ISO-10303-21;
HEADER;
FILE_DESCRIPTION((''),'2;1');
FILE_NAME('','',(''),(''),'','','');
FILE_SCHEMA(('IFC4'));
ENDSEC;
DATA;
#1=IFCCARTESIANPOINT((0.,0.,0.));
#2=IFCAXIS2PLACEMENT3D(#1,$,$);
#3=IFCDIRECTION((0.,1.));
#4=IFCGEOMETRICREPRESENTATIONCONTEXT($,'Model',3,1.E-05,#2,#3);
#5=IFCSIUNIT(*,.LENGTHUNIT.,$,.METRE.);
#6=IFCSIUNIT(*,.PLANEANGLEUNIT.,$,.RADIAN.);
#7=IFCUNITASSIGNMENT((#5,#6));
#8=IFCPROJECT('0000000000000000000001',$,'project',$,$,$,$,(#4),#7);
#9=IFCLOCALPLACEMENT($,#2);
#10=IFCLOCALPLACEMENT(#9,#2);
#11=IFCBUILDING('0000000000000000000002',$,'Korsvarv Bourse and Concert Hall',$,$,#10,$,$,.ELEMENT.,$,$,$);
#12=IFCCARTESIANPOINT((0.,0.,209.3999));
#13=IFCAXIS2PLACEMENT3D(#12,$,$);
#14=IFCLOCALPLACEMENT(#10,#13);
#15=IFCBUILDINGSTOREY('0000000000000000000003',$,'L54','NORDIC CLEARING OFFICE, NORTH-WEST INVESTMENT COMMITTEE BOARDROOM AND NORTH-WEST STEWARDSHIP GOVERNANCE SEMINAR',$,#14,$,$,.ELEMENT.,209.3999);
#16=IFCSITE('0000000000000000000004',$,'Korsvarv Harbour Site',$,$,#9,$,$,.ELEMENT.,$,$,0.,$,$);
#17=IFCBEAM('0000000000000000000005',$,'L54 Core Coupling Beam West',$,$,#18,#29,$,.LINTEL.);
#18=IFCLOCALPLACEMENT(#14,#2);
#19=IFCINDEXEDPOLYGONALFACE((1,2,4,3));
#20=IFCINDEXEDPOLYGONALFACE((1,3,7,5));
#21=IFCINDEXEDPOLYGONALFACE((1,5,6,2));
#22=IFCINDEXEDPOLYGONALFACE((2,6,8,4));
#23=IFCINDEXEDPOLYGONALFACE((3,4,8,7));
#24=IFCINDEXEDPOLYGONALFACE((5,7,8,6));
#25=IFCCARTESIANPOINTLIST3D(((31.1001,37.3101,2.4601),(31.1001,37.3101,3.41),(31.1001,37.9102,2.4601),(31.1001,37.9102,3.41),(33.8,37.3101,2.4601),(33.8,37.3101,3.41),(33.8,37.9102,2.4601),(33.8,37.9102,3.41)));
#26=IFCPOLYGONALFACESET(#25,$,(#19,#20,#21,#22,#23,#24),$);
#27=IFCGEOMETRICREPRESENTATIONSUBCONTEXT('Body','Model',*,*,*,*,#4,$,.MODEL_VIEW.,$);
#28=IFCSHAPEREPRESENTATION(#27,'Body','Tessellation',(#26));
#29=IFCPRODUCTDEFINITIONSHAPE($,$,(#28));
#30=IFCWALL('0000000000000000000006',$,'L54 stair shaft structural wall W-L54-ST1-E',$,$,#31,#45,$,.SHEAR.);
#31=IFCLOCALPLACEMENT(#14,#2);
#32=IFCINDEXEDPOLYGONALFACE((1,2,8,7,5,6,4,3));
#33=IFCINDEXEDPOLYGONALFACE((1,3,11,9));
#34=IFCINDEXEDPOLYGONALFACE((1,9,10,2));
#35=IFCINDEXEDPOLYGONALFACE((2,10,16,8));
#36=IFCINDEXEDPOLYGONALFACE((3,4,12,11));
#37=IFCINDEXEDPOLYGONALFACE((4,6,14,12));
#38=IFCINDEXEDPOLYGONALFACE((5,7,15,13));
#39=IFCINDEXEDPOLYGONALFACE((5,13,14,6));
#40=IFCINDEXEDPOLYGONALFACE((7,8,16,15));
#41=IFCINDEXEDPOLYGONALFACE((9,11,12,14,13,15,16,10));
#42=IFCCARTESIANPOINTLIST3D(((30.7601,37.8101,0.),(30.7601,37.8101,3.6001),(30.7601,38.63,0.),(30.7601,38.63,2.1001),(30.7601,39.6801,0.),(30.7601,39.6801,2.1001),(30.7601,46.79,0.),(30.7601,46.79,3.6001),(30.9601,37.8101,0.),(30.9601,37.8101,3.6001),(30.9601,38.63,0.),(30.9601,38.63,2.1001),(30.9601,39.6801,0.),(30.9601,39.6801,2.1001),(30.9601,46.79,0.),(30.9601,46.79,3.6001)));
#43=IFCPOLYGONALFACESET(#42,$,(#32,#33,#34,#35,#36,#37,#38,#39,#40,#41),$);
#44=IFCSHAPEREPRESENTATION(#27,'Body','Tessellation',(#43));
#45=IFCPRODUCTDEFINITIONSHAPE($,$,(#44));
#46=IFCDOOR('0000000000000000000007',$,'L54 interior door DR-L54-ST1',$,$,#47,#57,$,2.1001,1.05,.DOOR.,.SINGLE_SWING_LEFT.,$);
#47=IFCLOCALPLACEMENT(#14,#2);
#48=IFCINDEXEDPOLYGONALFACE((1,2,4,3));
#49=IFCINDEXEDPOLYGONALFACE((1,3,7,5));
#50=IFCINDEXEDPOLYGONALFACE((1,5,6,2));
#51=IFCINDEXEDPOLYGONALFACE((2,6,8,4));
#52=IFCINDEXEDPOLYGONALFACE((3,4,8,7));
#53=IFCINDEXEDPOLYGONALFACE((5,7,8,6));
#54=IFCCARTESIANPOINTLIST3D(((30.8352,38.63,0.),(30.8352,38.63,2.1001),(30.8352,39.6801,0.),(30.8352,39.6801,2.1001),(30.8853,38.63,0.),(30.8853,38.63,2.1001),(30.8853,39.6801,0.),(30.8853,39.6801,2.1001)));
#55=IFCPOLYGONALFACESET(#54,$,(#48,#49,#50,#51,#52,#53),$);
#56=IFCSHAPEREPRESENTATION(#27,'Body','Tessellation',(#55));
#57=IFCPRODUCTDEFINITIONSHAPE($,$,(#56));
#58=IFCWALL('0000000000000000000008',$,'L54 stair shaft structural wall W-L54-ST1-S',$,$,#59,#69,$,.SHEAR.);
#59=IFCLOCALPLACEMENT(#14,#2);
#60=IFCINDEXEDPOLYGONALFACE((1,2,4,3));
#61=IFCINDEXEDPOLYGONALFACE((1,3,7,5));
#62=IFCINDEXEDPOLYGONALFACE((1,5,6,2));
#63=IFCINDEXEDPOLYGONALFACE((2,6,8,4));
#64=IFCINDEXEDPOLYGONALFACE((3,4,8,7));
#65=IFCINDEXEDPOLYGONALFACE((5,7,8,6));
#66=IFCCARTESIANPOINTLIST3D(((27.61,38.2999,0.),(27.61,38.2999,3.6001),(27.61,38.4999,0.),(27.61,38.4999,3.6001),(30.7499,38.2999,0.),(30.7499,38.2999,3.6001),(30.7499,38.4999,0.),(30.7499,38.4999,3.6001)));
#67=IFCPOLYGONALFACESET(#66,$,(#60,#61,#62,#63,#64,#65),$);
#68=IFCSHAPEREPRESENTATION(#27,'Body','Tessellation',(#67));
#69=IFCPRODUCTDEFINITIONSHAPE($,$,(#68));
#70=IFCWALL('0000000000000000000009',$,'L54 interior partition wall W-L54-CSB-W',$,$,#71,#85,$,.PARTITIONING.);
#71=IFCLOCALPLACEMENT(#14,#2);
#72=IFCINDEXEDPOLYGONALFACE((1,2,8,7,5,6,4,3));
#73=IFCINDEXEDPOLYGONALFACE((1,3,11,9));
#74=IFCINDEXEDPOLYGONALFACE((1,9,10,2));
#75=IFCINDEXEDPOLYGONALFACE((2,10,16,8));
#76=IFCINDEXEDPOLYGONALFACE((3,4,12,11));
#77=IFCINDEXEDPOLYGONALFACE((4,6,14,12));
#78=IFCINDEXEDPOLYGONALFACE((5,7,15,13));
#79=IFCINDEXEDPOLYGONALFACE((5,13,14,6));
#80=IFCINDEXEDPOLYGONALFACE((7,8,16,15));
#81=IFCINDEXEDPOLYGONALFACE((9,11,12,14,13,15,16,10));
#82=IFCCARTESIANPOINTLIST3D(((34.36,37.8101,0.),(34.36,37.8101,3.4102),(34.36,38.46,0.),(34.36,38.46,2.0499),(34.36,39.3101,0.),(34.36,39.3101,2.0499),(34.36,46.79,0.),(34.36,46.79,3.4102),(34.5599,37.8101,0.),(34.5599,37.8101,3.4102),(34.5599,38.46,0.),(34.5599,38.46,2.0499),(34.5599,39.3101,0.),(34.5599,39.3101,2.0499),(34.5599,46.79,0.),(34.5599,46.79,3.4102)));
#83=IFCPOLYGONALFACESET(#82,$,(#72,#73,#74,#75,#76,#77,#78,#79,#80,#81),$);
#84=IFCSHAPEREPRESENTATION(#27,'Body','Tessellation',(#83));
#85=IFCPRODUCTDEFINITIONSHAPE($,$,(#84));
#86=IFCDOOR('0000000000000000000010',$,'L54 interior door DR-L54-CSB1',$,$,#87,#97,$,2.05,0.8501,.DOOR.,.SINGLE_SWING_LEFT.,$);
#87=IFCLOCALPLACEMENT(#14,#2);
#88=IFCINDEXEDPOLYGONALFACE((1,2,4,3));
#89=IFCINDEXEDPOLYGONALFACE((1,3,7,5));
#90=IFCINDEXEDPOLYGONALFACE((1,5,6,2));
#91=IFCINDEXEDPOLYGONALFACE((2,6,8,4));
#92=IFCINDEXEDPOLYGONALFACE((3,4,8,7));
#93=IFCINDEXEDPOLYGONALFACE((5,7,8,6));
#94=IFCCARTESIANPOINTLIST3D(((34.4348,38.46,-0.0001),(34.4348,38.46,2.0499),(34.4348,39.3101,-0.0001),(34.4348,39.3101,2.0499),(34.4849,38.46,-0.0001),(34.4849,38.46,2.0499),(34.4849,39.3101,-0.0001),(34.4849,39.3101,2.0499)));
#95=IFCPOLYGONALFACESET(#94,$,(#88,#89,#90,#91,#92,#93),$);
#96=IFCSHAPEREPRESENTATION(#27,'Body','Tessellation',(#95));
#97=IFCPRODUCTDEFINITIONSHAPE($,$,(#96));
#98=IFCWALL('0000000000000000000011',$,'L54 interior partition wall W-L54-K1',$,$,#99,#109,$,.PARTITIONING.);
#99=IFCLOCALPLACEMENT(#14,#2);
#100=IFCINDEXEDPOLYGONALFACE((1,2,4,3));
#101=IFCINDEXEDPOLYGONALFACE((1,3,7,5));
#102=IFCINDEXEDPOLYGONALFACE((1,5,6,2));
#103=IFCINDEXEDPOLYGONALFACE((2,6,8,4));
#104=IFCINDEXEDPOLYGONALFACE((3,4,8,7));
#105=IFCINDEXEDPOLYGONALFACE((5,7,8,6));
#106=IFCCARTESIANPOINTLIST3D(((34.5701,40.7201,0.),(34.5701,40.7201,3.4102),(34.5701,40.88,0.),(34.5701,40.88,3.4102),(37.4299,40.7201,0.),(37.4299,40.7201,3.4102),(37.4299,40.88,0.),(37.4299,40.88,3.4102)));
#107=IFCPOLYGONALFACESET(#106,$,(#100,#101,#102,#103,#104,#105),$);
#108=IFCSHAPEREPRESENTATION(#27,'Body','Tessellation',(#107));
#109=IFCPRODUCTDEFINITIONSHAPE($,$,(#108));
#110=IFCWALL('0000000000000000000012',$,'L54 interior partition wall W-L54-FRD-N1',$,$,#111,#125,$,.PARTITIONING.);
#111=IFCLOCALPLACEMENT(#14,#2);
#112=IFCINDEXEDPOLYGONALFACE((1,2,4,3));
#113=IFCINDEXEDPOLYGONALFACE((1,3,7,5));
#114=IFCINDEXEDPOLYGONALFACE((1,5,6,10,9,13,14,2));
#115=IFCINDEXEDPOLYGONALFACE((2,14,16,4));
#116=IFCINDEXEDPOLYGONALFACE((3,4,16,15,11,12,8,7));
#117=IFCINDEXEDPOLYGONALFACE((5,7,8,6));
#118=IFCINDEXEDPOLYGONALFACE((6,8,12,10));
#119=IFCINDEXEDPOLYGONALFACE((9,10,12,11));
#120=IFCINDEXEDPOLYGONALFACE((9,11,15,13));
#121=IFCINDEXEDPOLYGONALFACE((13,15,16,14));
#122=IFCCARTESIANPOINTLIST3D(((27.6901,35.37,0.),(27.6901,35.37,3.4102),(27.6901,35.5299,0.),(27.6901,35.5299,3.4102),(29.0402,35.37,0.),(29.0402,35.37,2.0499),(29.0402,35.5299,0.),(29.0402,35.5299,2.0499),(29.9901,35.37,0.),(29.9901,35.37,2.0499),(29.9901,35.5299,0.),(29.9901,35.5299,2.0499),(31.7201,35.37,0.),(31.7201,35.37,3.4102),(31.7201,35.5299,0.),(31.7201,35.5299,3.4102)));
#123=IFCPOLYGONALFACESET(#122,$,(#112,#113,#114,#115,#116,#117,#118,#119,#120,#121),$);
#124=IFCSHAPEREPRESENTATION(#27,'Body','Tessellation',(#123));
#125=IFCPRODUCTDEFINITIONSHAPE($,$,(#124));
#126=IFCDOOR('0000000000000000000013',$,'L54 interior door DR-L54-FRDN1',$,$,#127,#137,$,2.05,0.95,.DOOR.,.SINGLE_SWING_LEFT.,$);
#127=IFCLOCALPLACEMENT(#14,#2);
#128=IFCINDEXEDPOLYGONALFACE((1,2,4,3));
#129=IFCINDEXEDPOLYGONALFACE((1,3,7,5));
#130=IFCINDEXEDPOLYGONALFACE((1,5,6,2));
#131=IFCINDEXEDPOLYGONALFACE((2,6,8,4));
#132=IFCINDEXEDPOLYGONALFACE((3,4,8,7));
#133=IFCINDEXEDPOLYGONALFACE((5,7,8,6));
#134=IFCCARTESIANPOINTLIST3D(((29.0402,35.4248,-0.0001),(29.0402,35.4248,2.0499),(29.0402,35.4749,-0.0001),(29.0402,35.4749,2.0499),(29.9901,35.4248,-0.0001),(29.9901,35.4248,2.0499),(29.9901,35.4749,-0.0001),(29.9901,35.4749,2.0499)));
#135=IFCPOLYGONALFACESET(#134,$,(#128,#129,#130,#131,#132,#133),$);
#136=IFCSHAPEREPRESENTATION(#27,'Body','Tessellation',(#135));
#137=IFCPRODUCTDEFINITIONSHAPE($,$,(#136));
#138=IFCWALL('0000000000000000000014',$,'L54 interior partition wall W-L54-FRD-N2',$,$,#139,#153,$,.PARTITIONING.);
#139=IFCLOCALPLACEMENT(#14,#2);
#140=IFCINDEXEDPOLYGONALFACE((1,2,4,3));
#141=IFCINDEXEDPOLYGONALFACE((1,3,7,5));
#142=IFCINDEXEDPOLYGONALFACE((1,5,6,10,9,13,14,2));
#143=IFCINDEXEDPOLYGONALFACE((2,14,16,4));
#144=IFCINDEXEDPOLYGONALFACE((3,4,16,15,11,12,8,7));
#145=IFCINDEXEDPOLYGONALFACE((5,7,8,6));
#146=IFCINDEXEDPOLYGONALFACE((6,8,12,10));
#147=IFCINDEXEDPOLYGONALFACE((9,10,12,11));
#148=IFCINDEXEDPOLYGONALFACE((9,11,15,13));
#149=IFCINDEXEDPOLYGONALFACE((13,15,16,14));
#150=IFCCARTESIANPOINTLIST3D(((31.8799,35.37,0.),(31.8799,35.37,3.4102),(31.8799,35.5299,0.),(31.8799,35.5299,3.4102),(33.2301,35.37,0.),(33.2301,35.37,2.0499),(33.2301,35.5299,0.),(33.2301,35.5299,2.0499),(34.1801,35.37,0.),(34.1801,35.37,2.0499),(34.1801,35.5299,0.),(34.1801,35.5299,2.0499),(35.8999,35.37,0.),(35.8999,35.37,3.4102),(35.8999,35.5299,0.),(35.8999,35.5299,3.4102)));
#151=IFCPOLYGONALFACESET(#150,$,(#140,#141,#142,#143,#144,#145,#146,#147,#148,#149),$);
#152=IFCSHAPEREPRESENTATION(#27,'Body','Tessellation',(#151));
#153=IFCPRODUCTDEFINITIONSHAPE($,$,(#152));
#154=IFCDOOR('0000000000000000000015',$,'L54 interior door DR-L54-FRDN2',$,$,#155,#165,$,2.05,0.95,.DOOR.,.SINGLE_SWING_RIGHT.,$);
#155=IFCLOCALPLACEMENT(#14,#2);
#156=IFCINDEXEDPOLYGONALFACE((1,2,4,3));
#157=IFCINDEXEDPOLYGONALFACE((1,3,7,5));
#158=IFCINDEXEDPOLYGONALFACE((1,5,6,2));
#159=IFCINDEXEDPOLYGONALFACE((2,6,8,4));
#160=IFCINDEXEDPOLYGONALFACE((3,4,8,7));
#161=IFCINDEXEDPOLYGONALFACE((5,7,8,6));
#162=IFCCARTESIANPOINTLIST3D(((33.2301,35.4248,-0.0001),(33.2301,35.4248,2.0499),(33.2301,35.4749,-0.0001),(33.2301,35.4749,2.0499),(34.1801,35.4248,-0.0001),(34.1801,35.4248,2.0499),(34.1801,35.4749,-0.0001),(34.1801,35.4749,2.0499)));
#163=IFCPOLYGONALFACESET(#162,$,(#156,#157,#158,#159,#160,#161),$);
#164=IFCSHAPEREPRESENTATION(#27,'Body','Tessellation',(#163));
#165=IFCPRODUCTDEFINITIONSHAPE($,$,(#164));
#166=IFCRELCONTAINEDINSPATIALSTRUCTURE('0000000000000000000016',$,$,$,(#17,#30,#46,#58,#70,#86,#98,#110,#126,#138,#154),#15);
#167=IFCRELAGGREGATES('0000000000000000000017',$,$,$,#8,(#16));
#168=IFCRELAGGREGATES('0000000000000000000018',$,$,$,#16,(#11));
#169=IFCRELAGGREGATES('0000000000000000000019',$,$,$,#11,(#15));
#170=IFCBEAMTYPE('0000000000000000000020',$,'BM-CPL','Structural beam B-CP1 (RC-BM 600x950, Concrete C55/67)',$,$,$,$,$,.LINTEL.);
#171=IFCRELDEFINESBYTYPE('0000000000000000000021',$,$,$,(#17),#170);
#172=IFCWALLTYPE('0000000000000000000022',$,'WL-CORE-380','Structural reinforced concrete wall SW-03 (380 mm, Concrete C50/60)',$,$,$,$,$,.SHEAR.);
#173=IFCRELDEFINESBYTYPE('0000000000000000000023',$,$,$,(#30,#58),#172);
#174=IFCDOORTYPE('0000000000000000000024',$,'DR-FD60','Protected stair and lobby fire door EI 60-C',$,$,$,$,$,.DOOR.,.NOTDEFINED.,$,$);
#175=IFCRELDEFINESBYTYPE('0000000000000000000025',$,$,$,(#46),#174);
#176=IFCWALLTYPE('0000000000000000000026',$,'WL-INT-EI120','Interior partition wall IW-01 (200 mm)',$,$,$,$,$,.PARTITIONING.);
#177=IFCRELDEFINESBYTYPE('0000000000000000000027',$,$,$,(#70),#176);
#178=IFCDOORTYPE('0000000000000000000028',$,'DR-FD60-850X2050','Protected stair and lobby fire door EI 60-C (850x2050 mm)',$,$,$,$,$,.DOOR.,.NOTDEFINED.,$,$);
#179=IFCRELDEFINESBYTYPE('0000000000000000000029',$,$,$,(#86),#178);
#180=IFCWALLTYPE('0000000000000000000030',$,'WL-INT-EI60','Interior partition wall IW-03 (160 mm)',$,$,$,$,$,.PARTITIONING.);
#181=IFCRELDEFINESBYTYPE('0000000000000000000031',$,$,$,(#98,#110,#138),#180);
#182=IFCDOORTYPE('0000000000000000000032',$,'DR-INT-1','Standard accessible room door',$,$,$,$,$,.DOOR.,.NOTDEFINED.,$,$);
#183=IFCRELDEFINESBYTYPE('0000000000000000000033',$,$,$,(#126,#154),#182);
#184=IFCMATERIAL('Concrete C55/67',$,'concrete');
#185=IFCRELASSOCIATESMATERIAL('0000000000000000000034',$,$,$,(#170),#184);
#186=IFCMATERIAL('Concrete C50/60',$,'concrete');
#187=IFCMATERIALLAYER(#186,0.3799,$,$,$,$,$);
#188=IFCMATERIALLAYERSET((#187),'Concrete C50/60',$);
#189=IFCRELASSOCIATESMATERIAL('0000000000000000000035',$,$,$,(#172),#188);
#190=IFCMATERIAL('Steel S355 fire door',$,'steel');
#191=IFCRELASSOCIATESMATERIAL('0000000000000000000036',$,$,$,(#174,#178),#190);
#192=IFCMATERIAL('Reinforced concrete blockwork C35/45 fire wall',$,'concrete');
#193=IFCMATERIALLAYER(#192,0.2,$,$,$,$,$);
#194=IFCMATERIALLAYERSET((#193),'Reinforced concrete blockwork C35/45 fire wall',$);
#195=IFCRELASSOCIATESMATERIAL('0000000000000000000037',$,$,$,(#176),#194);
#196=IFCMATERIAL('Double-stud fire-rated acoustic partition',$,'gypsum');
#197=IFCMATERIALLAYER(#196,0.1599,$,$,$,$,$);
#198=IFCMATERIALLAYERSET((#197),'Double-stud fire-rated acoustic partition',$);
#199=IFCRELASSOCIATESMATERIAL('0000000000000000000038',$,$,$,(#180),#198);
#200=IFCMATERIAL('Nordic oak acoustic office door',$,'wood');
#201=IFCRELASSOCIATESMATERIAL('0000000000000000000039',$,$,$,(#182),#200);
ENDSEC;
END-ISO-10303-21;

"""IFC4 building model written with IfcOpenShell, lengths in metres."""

from ifc_helpers import new_model, si_unit, direction, frame, frame_2d, origin, origin_2d, place, context, subcontext, project, spatial, rectangle, extrude, source, transform, mapped, material, layer, layer_set, material_profile, profile_set, type_object, element, fill, save


model = new_model("IFC4")

# Units and contexts
model_context = context("Model", 3, precision=1e-05, world=origin(), true_north=direction((0.0, 1.0)))
body_context = subcontext(model_context, "Body", "Model", "MODEL_VIEW")
ifc_project = project(units=[si_unit("LENGTHUNIT", "METRE"), si_unit("PLANEANGLEUNIT", "RADIAN")], contexts=[model_context])

# Site, building, storey
site_placement = place(None, origin())
site = spatial("IfcSite", under=ifc_project, at=site_placement, Name="Korsvarv Harbour Site", CompositionType="ELEMENT", RefElevation=0.0)
building_placement = place(site_placement, origin())
building = spatial("IfcBuilding", under=site, at=building_placement, Name="Korsvarv Bourse and Concert Hall", CompositionType="ELEMENT")
storey_placement = place(building_placement, frame((0.0, 0.0, 209.3999)))
storey = spatial("IfcBuildingStorey", under=building, at=storey_placement, Name="L54", Description="NORDIC CLEARING OFFICE, NORTH-WEST INVESTMENT COMMITTEE BOARDROOM AND NORTH-WEST STEWARDSHIP GOVERNANCE SEMINAR", CompositionType="ELEMENT", Elevation=209.3999)

# Beam
ifc_material_1 = material(Name="Concrete C55/67", Category="concrete")
ifc_material_profile = material_profile(ifc_material_1, rectangle(XDim=0.6001, YDim=0.95, at=origin_2d()), Name="RC-BM 600x950")
ifc_profile_set = profile_set([ifc_material_profile], Name="Concrete C55/67")
beam_type = type_object("IfcBeamType", Name="BM-CPL", Description="Structural beam B-CP1 (RC-BM 600x950, Concrete C55/67)", PredefinedType="LINTEL", material=ifc_profile_set)
shared_shape = source(origin(), body_context, "Body", "SweptSolid", [
    extrude(rectangle(XDim=0.6001, YDim=0.95, at=origin_2d()), origin(), (0.0, 0.0, 1.0), 2.7),
])
beam_placement = place(storey_placement, frame((31.1001, 37.6101, 2.9351), z_axis=(1.0, 0.0, 0.0), x_axis=(0.0, 1.0, 0.0)))
element("IfcBeam", 1, at=beam_placement, inside=storey, type_object=beam_type, Name="L54 Core Coupling Beam West", PredefinedType="LINTEL", context=body_context, shape_type="MappedRepresentation", body=[
    mapped(shared_shape, transform((0.0, 0.0, 0.0), scale=1.0)),
])

# Wall, opening, door
ifc_material_2 = material(Name="Concrete C50/60", Category="concrete")
ifc_layer_1 = layer(ifc_material_2, 0.3799)
ifc_layer_set_1 = layer_set([ifc_layer_1], Name="Concrete C50/60")
wall_type_1 = type_object("IfcWallType", Name="WL-CORE-380", Description="Structural reinforced concrete wall SW-03 (380 mm, Concrete C50/60)", PredefinedType="SHEAR", material=ifc_layer_set_1)
wall_1_placement = place(storey_placement, frame((30.8601, 37.8101, 0.0), z_axis=(0.0, 0.0, 1.0), x_axis=(0.0, 1.0, 0.0)))
wall_1 = element("IfcWall", 2, at=wall_1_placement, inside=storey, type_object=wall_type_1, Name="L54 stair shaft structural wall W-L54-ST1-E", PredefinedType="SHEAR", context=body_context, shape_type="SweptSolid", body=[
    extrude(rectangle(XDim=8.98, YDim=0.2, at=frame_2d((4.49, 0.0))), origin(), (0.0, 0.0, 1.0), 3.6001),
])
opening_1_placement = place(wall_1_placement, frame((0.8201, 0.0, 0.0)))
opening_1 = element("IfcOpeningElement", 3, at=opening_1_placement, cuts=wall_1, PredefinedType="OPENING", context=body_context, shape_type="SweptSolid", body=[
    extrude(rectangle(XDim=1.05, YDim=2.1001, at=frame_2d((0.5249, 1.05))), frame((0.0, 0.1099, 0.0), z_axis=(0.0, -1.0, 0.0), x_axis=(1.0, 0.0, 0.0)), (0.0, 0.0, 1.0), 0.22),
])
ifc_material_3 = material(Name="Steel S355 fire door", Category="steel")
door_type_1 = type_object("IfcDoorType", Name="DR-FD60", Description="Protected stair and lobby fire door EI 60-C", OperationType="NOTDEFINED", PredefinedType="DOOR", material=ifc_material_3)
door_1_placement = place(opening_1_placement, origin())
door_1 = element("IfcDoor", 4, at=door_1_placement, inside=storey, type_object=door_type_1, Name="L54 interior door DR-L54-ST1", OperationType="SINGLE_SWING_LEFT", OverallHeight=2.1001, OverallWidth=1.05, PredefinedType="DOOR", context=body_context, shape_type="SweptSolid", body=[
    extrude(rectangle(XDim=1.05, YDim=2.1001, at=frame_2d((0.5249, 1.05))), frame((0.0, 0.0249, 0.0), z_axis=(0.0, -1.0, 0.0), x_axis=(1.0, 0.0, 0.0)), (0.0, 0.0, 1.0), 0.05),
])
fill(opening_1, door_1)

# Wall
wall_2_placement = place(storey_placement, frame((27.6101, 38.3999, 0.0), z_axis=(0.0, 0.0, 1.0), x_axis=(1.0, 0.0, 0.0)))
element("IfcWall", 5, at=wall_2_placement, inside=storey, type_object=wall_type_1, Name="L54 stair shaft structural wall W-L54-ST1-S", PredefinedType="SHEAR", context=body_context, shape_type="SweptSolid", body=[
    extrude(rectangle(XDim=3.1399, YDim=0.2, at=frame_2d((1.5698, 0.0))), origin(), (0.0, 0.0, 1.0), 3.6001),
])

# Wall, opening, door
ifc_material_4 = material(Name="Reinforced concrete blockwork C35/45 fire wall", Category="concrete")
ifc_layer_2 = layer(ifc_material_4, 0.2)
ifc_layer_set_2 = layer_set([ifc_layer_2], Name="Reinforced concrete blockwork C35/45 fire wall")
wall_type_2 = type_object("IfcWallType", Name="WL-INT-EI120", Description="Interior partition wall IW-01 (200 mm)", PredefinedType="PARTITIONING", material=ifc_layer_set_2)
wall_3_placement = place(storey_placement, frame((34.46, 37.8101, 0.0), z_axis=(0.0, 0.0, 1.0), x_axis=(0.0, 1.0, 0.0)))
wall_3 = element("IfcWall", 6, at=wall_3_placement, inside=storey, type_object=wall_type_2, Name="L54 interior partition wall W-L54-CSB-W", PredefinedType="PARTITIONING", context=body_context, shape_type="SweptSolid", body=[
    extrude(rectangle(XDim=8.98, YDim=0.2, at=frame_2d((4.49, 0.0))), origin(), (0.0, 0.0, 1.0), 3.4102),
])
opening_2_placement = place(wall_3_placement, frame((0.6499, 0.0, 0.0)))
opening_2 = element("IfcOpeningElement", 7, at=opening_2_placement, cuts=wall_3, PredefinedType="OPENING", context=body_context, shape_type="SweptSolid", body=[
    extrude(rectangle(XDim=0.8501, YDim=2.05, at=frame_2d((0.425, 1.0249))), frame((0.0, 0.1099, 0.0), z_axis=(0.0, -1.0, 0.0), x_axis=(1.0, 0.0, 0.0)), (0.0, 0.0, 1.0), 0.22),
])
door_type_2 = type_object("IfcDoorType", Name="DR-FD60-850X2050", Description="Protected stair and lobby fire door EI 60-C (850x2050 mm)", OperationType="NOTDEFINED", PredefinedType="DOOR", material=ifc_material_3)
door_2_placement = place(opening_2_placement, frame((0.8501, 0.0, 0.0), z_axis=(0.0, 0.0, 1.0), x_axis=(-1.0, 0.0, 0.0)))
door_2 = element("IfcDoor", 8, at=door_2_placement, inside=storey, type_object=door_type_2, Name="L54 interior door DR-L54-CSB1", OperationType="SINGLE_SWING_LEFT", OverallHeight=2.05, OverallWidth=0.8501, PredefinedType="DOOR", context=body_context, shape_type="SweptSolid", body=[
    extrude(rectangle(XDim=0.8501, YDim=2.05, at=frame_2d((0.425, 1.0249))), frame((0.0, 0.0249, 0.0), z_axis=(0.0, -1.0, 0.0), x_axis=(1.0, 0.0, 0.0)), (0.0, 0.0, 1.0), 0.05),
])
fill(opening_2, door_2)

# Wall
ifc_material_5 = material(Name="Double-stud fire-rated acoustic partition", Category="gypsum")
ifc_layer_3 = layer(ifc_material_5, 0.1599)
ifc_layer_set_3 = layer_set([ifc_layer_3], Name="Double-stud fire-rated acoustic partition")
wall_type_3 = type_object("IfcWallType", Name="WL-INT-EI60", Description="Interior partition wall IW-03 (160 mm)", PredefinedType="PARTITIONING", material=ifc_layer_set_3)
wall_4_placement = place(storey_placement, frame((34.5701, 40.8, 0.0), z_axis=(0.0, 0.0, 1.0), x_axis=(1.0, 0.0, 0.0)))
element("IfcWall", 9, at=wall_4_placement, inside=storey, type_object=wall_type_3, Name="L54 interior partition wall W-L54-K1", PredefinedType="PARTITIONING", context=body_context, shape_type="SweptSolid", body=[
    extrude(rectangle(XDim=2.8599, YDim=0.1599, at=frame_2d((1.4299, 0.0))), origin(), (0.0, 0.0, 1.0), 3.4102),
])

# Walls, openings, doors
wall_5_placement = place(storey_placement, frame((27.6899, 35.45, 0.0), z_axis=(0.0, 0.0, 1.0), x_axis=(1.0, 0.0, 0.0)))
wall_5 = element("IfcWall", 10, at=wall_5_placement, inside=storey, type_object=wall_type_3, Name="L54 interior partition wall W-L54-FRD-N1", PredefinedType="PARTITIONING", context=body_context, shape_type="SweptSolid", body=[
    extrude(rectangle(XDim=4.03, YDim=0.1599, at=frame_2d((2.0151, 0.0))), origin(), (0.0, 0.0, 1.0), 3.4102),
])
opening_3_placement = place(wall_5_placement, frame((1.3501, 0.0, 0.0)))
opening_3 = element("IfcOpeningElement", 11, at=opening_3_placement, cuts=wall_5, PredefinedType="OPENING", context=body_context, shape_type="SweptSolid", body=[
    extrude(rectangle(XDim=0.95, YDim=2.05, at=frame_2d((0.4751, 1.0249))), frame((0.0, 0.0898, 0.0), z_axis=(0.0, -1.0, 0.0), x_axis=(1.0, 0.0, 0.0)), (0.0, 0.0, 1.0), 0.1799),
])
ifc_material_6 = material(Name="Nordic oak acoustic office door", Category="wood")
door_type_3 = type_object("IfcDoorType", Name="DR-INT-1", Description="Standard accessible room door", OperationType="NOTDEFINED", PredefinedType="DOOR", material=ifc_material_6)
door_3_placement = place(opening_3_placement, origin())
door_3 = element("IfcDoor", 12, at=door_3_placement, inside=storey, type_object=door_type_3, Name="L54 interior door DR-L54-FRDN1", OperationType="SINGLE_SWING_LEFT", OverallHeight=2.05, OverallWidth=0.95, PredefinedType="DOOR", context=body_context, shape_type="SweptSolid", body=[
    extrude(rectangle(XDim=0.95, YDim=2.05, at=frame_2d((0.4751, 1.0249))), frame((0.0, 0.0249, 0.0), z_axis=(0.0, -1.0, 0.0), x_axis=(1.0, 0.0, 0.0)), (0.0, 0.0, 1.0), 0.05),
])
fill(opening_3, door_3)
wall_6_placement = place(storey_placement, frame((31.8799, 35.45, 0.0), z_axis=(0.0, 0.0, 1.0), x_axis=(1.0, 0.0, 0.0)))
wall_6 = element("IfcWall", 13, at=wall_6_placement, inside=storey, type_object=wall_type_3, Name="L54 interior partition wall W-L54-FRD-N2", PredefinedType="PARTITIONING", context=body_context, shape_type="SweptSolid", body=[
    extrude(rectangle(XDim=4.02, YDim=0.1599, at=frame_2d((2.01, 0.0))), origin(), (0.0, 0.0, 1.0), 3.4102),
])
opening_4_placement = place(wall_6_placement, frame((1.3501, 0.0, 0.0)))
opening_4 = element("IfcOpeningElement", 14, at=opening_4_placement, cuts=wall_6, PredefinedType="OPENING", context=body_context, shape_type="SweptSolid", body=[
    extrude(rectangle(XDim=0.95, YDim=2.05, at=frame_2d((0.4751, 1.0249))), frame((0.0, 0.0898, 0.0), z_axis=(0.0, -1.0, 0.0), x_axis=(1.0, 0.0, 0.0)), (0.0, 0.0, 1.0), 0.1799),
])
door_4_placement = place(opening_4_placement, origin())
door_4 = element("IfcDoor", 15, at=door_4_placement, inside=storey, type_object=door_type_3, Name="L54 interior door DR-L54-FRDN2", OperationType="SINGLE_SWING_RIGHT", OverallHeight=2.05, OverallWidth=0.95, PredefinedType="DOOR", context=body_context, shape_type="SweptSolid", body=[
    extrude(rectangle(XDim=0.95, YDim=2.05, at=frame_2d((0.4751, 1.0249))), frame((0.0, 0.0249, 0.0), z_axis=(0.0, -1.0, 0.0), x_axis=(1.0, 0.0, 0.0)), (0.0, 0.0, 1.0), 0.05),
])
fill(opening_4, door_4)

save(model, "model.ifc")
